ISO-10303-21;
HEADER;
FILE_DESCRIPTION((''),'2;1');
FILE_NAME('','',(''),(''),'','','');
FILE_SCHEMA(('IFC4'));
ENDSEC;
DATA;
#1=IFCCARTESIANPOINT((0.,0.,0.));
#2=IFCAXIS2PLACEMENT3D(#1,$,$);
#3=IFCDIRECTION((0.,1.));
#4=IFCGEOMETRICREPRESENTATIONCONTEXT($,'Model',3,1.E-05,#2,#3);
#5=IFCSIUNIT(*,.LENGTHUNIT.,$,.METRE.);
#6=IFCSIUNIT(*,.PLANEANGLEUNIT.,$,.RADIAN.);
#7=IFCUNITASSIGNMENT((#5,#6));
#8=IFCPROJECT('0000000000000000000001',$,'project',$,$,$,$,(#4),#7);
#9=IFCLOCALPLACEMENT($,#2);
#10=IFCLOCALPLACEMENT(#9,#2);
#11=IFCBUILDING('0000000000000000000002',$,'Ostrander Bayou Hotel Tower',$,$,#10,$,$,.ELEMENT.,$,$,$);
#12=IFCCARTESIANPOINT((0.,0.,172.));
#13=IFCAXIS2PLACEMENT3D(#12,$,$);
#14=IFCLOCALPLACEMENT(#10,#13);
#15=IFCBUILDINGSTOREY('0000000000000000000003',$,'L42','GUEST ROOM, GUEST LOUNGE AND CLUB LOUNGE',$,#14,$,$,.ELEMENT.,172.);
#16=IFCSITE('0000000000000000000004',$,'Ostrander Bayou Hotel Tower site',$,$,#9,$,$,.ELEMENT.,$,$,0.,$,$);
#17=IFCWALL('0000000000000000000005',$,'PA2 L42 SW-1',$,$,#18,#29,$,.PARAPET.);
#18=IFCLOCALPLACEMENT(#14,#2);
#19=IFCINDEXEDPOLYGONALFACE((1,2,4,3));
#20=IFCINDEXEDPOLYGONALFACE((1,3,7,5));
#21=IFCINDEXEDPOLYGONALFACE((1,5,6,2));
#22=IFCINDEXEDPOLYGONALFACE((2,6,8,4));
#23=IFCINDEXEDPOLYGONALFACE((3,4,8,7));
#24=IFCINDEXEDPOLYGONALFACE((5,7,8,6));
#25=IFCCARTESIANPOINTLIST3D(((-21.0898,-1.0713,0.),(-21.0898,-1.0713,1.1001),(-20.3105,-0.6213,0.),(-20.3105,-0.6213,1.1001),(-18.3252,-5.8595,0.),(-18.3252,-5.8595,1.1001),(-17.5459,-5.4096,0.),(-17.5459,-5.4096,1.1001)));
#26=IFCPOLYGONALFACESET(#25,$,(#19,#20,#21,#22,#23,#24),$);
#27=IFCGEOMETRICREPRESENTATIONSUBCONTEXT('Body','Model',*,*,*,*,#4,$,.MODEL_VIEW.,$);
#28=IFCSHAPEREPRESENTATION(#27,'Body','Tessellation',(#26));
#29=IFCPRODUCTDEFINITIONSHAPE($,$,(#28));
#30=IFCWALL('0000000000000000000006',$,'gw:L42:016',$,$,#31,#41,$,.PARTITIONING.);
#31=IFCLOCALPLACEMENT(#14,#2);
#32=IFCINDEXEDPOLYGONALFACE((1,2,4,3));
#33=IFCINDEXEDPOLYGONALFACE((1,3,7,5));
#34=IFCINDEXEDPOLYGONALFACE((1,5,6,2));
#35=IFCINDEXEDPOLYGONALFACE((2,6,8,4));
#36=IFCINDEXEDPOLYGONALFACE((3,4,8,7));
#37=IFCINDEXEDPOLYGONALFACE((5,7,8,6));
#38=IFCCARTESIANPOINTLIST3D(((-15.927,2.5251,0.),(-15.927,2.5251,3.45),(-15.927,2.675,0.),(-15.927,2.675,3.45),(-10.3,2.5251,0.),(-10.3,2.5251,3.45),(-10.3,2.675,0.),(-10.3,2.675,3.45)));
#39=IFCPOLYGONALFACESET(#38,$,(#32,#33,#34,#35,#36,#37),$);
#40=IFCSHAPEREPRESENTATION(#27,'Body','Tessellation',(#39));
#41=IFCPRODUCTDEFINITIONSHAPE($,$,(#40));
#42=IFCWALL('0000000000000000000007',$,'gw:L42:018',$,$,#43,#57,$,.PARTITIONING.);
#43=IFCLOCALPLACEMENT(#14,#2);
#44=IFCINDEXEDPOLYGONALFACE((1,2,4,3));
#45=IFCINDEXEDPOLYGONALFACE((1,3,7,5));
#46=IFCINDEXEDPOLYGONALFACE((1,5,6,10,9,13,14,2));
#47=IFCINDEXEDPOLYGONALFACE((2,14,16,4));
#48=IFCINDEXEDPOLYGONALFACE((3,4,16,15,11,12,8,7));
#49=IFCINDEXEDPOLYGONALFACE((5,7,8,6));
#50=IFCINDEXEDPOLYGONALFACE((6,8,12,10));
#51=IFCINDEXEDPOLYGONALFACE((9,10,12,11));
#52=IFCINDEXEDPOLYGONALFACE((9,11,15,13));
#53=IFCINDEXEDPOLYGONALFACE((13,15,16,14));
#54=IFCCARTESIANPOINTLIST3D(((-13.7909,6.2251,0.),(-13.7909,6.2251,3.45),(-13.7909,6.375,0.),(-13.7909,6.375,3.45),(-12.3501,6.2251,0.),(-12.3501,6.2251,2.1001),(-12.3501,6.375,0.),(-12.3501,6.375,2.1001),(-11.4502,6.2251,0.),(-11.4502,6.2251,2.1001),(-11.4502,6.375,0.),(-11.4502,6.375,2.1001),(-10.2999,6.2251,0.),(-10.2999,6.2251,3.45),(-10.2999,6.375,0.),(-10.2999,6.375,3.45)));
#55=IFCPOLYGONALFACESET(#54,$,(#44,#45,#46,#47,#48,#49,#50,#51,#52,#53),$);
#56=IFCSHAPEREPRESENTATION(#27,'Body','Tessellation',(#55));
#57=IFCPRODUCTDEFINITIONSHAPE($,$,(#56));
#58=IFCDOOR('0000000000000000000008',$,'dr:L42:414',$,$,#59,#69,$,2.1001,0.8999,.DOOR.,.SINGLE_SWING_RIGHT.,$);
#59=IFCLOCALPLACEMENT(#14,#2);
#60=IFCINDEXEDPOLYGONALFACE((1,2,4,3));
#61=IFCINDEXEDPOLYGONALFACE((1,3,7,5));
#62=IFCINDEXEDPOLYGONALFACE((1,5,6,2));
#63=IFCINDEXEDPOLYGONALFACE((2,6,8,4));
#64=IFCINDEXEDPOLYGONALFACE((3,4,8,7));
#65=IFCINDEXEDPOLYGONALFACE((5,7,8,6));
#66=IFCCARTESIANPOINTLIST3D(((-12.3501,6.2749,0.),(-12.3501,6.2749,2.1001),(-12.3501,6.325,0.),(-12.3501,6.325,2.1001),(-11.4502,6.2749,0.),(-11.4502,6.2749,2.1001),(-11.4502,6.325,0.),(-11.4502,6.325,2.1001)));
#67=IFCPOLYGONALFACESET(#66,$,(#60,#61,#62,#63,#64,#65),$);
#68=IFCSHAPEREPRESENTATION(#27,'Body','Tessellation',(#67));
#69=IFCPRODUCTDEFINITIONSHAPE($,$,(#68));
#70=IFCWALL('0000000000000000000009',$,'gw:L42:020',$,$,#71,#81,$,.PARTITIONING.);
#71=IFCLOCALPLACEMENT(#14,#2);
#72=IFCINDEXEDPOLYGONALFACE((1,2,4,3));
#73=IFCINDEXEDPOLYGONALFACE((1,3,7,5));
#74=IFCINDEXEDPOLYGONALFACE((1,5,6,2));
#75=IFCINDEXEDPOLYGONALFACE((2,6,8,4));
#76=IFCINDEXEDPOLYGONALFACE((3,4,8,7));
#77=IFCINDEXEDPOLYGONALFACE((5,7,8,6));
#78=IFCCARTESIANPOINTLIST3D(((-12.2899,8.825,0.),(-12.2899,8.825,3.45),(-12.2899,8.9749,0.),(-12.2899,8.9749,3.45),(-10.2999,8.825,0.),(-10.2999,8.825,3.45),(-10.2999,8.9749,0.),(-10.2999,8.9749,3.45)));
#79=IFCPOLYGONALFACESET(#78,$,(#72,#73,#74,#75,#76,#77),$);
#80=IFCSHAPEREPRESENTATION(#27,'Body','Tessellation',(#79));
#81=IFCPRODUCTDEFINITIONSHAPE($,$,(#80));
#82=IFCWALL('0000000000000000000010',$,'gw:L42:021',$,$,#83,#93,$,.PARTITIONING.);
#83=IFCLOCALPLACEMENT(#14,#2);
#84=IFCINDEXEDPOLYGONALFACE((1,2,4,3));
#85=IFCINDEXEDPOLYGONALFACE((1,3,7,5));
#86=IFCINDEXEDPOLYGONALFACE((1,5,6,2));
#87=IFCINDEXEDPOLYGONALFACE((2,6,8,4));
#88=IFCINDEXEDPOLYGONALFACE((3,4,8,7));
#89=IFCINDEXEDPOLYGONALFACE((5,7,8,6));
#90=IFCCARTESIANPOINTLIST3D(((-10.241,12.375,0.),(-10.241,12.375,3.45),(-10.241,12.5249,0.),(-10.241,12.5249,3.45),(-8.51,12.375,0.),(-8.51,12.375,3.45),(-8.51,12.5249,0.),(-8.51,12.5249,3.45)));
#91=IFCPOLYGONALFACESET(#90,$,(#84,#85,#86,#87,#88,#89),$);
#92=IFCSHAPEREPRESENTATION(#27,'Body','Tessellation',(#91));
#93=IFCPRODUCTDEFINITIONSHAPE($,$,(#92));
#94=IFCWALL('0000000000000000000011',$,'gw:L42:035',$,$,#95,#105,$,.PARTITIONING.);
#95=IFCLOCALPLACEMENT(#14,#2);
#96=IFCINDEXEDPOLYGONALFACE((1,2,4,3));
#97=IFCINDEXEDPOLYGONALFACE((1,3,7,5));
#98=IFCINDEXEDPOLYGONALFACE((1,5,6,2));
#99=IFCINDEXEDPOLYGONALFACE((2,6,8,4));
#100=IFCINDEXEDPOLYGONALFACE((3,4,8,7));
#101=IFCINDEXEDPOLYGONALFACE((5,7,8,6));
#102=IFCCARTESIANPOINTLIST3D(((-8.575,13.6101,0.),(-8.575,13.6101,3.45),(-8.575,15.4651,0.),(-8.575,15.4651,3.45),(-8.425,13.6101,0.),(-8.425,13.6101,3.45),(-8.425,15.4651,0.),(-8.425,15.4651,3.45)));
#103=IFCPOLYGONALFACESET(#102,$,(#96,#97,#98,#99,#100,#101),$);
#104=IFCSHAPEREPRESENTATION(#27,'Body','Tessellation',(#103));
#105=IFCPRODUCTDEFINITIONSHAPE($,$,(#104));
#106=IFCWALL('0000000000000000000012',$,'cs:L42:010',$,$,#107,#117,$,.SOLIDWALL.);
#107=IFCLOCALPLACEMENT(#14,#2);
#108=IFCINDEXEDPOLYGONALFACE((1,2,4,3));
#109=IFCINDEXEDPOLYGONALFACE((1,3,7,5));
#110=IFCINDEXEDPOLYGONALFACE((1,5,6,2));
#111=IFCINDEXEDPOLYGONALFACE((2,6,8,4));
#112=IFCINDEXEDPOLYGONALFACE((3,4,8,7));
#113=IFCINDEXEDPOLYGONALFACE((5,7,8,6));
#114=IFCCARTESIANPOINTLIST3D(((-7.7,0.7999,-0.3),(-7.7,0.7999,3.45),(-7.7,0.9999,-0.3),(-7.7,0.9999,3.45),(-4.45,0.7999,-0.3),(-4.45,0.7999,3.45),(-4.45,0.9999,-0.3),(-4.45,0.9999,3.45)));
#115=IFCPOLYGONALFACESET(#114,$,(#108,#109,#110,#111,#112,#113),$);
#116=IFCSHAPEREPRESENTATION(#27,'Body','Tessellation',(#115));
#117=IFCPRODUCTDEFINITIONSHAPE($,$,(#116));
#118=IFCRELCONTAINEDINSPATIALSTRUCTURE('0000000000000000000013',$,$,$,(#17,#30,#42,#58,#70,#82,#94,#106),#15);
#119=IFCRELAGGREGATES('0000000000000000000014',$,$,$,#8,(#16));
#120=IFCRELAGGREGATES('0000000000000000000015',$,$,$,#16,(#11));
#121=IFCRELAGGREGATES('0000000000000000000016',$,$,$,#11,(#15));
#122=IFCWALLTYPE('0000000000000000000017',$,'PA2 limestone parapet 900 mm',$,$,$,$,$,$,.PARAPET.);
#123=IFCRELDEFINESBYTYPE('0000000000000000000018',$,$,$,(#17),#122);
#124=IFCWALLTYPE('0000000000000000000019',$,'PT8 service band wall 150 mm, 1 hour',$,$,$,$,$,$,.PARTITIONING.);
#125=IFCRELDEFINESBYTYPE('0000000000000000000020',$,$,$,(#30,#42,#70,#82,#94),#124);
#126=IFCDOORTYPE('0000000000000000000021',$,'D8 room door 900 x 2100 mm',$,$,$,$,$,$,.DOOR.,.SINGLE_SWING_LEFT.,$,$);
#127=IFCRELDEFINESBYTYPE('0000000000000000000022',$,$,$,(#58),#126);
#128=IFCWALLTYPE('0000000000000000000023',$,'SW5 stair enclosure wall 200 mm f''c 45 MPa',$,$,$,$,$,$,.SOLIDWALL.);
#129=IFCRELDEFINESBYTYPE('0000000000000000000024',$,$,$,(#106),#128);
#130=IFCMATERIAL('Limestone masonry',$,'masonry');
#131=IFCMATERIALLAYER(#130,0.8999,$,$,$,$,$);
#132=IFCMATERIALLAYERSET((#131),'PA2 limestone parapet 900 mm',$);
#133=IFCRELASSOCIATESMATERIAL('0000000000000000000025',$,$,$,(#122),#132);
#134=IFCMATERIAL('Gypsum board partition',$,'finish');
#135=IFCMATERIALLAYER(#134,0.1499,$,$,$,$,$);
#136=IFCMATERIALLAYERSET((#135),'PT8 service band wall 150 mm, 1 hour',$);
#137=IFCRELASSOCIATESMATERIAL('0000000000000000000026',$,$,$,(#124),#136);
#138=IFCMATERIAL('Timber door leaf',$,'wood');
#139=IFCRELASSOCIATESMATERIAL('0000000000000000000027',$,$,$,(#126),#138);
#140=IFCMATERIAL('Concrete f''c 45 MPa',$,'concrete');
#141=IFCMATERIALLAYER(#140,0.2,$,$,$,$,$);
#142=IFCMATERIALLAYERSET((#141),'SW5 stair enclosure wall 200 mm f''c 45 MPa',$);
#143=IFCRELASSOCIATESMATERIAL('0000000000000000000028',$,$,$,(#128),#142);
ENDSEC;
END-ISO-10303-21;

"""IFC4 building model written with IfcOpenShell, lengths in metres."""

from ifc_helpers import new_model, si_unit, direction, frame, frame_2d, origin, place, context, subcontext, project, spatial, rectangle, extrude, material, layer, layer_set, type_object, element, fill, save


model = new_model("IFC4")

# Units and contexts
model_context = context("Model", 3, precision=1e-05, world=origin(), true_north=direction((0.0, 1.0)))
body_context = subcontext(model_context, "Body", "Model", "MODEL_VIEW")
ifc_project = project(units=[si_unit("LENGTHUNIT", "METRE"), si_unit("PLANEANGLEUNIT", "RADIAN")], contexts=[model_context])

# Site, building, storey
site_placement = place(None, origin())
site = spatial("IfcSite", under=ifc_project, at=site_placement, Name="Ostrander Bayou Hotel Tower site", CompositionType="ELEMENT", RefElevation=0.0)
building_placement = place(site_placement, origin())
building = spatial("IfcBuilding", under=site, at=building_placement, Name="Ostrander Bayou Hotel Tower", CompositionType="ELEMENT")
storey_placement = place(building_placement, frame((0.0, 0.0, 172.0)))
storey = spatial("IfcBuildingStorey", under=building, at=storey_placement, Name="L42", Description="GUEST ROOM, GUEST LOUNGE AND CLUB LOUNGE", CompositionType="ELEMENT", Elevation=172.0)

# Wall
ifc_material_1 = material(Name="Limestone masonry", Category="masonry")
ifc_layer_1 = layer(ifc_material_1, 0.8999)
ifc_layer_set_1 = layer_set([ifc_layer_1], Name="PA2 limestone parapet 900 mm")
wall_type_1 = type_object("IfcWallType", Name="PA2 limestone parapet 900 mm", PredefinedType="PARAPET", material=ifc_layer_set_1)
wall_1_placement = place(storey_placement, frame((-20.7002, -0.8462, 0.0), z_axis=(0.0, 0.0, 1.0), x_axis=(0.500014, -0.866017, 0.0)))
element("IfcWall", 1, at=wall_1_placement, inside=storey, type_object=wall_type_1, Name="PA2 L42 SW-1", PredefinedType="PARAPET", context=body_context, shape_type="SweptSolid", body=[
    extrude(rectangle(XDim=5.5291, YDim=0.8999, at=frame_2d((2.7646, 0.0))), origin(), (0.0, 0.0, 1.0), 1.1001),
])

# Wall
ifc_material_2 = material(Name="Gypsum board partition", Category="finish")
ifc_layer_2 = layer(ifc_material_2, 0.1499)
ifc_layer_set_2 = layer_set([ifc_layer_2], Name="PT8 service band wall 150 mm, 1 hour")
wall_type_2 = type_object("IfcWallType", Name="PT8 service band wall 150 mm, 1 hour", PredefinedType="PARTITIONING", material=ifc_layer_set_2)
wall_2_placement = place(storey_placement, frame((-15.927, 2.6001, 0.0), z_axis=(0.0, 0.0, 1.0), x_axis=(1.0, 0.0, 0.0)))
element("IfcWall", 2, at=wall_2_placement, inside=storey, type_object=wall_type_2, Name="gw:L42:016", PredefinedType="PARTITIONING", context=body_context, shape_type="SweptSolid", body=[
    extrude(rectangle(XDim=5.627, YDim=0.1499, at=frame_2d((2.8135, 0.0))), origin(), (0.0, 0.0, 1.0), 3.45),
])

# Wall, opening, door
wall_3_placement = place(storey_placement, frame((-13.791, 6.3, 0.0), z_axis=(0.0, 0.0, 1.0), x_axis=(1.0, 0.0, 0.0)))
wall_3 = element("IfcWall", 3, at=wall_3_placement, inside=storey, type_object=wall_type_2, Name="gw:L42:018", PredefinedType="PARTITIONING", context=body_context, shape_type="SweptSolid", body=[
    extrude(rectangle(XDim=3.491, YDim=0.1499, at=frame_2d((1.7456, 0.0))), origin(), (0.0, 0.0, 1.0), 3.45),
])
opening_1_placement = place(wall_3_placement, frame((1.4409, 0.0, 0.0)))
opening_1 = element("IfcOpeningElement", 4, at=opening_1_placement, cuts=wall_3, PredefinedType="OPENING", context=body_context, shape_type="SweptSolid", body=[
    extrude(rectangle(XDim=0.8999, YDim=2.1001, at=frame_2d((0.45, 1.05))), frame((0.0, 0.075, 0.0), z_axis=(0.0, -1.0, 0.0), x_axis=(1.0, 0.0, 0.0)), (0.0, 0.0, 1.0), 0.1499),
])
ifc_material_3 = material(Name="Timber door leaf", Category="wood")
door_type_1 = type_object("IfcDoorType", Name="D8 room door 900 x 2100 mm", OperationType="SINGLE_SWING_LEFT", PredefinedType="DOOR", material=ifc_material_3)
door_1_placement = place(opening_1_placement, origin())
door_1 = element("IfcDoor", 5, at=door_1_placement, inside=storey, type_object=door_type_1, Name="dr:L42:414", OperationType="SINGLE_SWING_RIGHT", OverallHeight=2.1001, OverallWidth=0.8999, PredefinedType="DOOR", context=body_context, shape_type="SweptSolid", body=[
    extrude(rectangle(XDim=0.8999, YDim=2.1001, at=frame_2d((0.45, 1.05))), frame((0.0, 0.0249, 0.0), z_axis=(0.0, -1.0, 0.0), x_axis=(1.0, 0.0, 0.0)), (0.0, 0.0, 1.0), 0.05),
])
fill(opening_1, door_1)

# Walls
wall_4_placement = place(storey_placement, frame((-12.29, 8.8999, 0.0), z_axis=(0.0, 0.0, 1.0), x_axis=(1.0, 0.0, 0.0)))
element("IfcWall", 6, at=wall_4_placement, inside=storey, type_object=wall_type_2, Name="gw:L42:020", PredefinedType="PARTITIONING", context=body_context, shape_type="SweptSolid", body=[
    extrude(rectangle(XDim=1.99, YDim=0.1499, at=frame_2d((0.9951, 0.0))), origin(), (0.0, 0.0, 1.0), 3.45),
])
wall_5_placement = place(storey_placement, frame((-10.241, 12.45, 0.0), z_axis=(0.0, 0.0, 1.0), x_axis=(1.0, 0.0, 0.0)))
element("IfcWall", 7, at=wall_5_placement, inside=storey, type_object=wall_type_2, Name="gw:L42:021", PredefinedType="PARTITIONING", context=body_context, shape_type="SweptSolid", body=[
    extrude(rectangle(XDim=1.731, YDim=0.1499, at=frame_2d((0.8655, 0.0))), origin(), (0.0, 0.0, 1.0), 3.45),
])
wall_6_placement = place(storey_placement, frame((-8.5, 13.6101, 0.0), z_axis=(0.0, 0.0, 1.0), x_axis=(0.0, 1.0, 0.0)))
element("IfcWall", 8, at=wall_6_placement, inside=storey, type_object=wall_type_2, Name="gw:L42:035", PredefinedType="PARTITIONING", context=body_context, shape_type="SweptSolid", body=[
    extrude(rectangle(XDim=1.855, YDim=0.1499, at=frame_2d((0.9275, 0.0))), origin(), (0.0, 0.0, 1.0), 3.45),
])
ifc_material_4 = material(Name="Concrete f'c 45 MPa", Category="concrete")
ifc_layer_3 = layer(ifc_material_4, 0.2)
ifc_layer_set_3 = layer_set([ifc_layer_3], Name="SW5 stair enclosure wall 200 mm f'c 45 MPa")
wall_type_3 = type_object("IfcWallType", Name="SW5 stair enclosure wall 200 mm f'c 45 MPa", PredefinedType="SOLIDWALL", material=ifc_layer_set_3)
wall_7_placement = place(storey_placement, frame((-7.7, 0.8999, -0.3), z_axis=(0.0, 0.0, 1.0), x_axis=(1.0, 0.0, 0.0)))
element("IfcWall", 9, at=wall_7_placement, inside=storey, type_object=wall_type_3, Name="cs:L42:010", PredefinedType="SOLIDWALL", context=body_context, shape_type="SweptSolid", body=[
    extrude(rectangle(XDim=3.25, YDim=0.2, at=frame_2d((1.625, 0.0))), origin(), (0.0, 0.0, 1.0), 3.75),
])

save(model, "model.ifc")
